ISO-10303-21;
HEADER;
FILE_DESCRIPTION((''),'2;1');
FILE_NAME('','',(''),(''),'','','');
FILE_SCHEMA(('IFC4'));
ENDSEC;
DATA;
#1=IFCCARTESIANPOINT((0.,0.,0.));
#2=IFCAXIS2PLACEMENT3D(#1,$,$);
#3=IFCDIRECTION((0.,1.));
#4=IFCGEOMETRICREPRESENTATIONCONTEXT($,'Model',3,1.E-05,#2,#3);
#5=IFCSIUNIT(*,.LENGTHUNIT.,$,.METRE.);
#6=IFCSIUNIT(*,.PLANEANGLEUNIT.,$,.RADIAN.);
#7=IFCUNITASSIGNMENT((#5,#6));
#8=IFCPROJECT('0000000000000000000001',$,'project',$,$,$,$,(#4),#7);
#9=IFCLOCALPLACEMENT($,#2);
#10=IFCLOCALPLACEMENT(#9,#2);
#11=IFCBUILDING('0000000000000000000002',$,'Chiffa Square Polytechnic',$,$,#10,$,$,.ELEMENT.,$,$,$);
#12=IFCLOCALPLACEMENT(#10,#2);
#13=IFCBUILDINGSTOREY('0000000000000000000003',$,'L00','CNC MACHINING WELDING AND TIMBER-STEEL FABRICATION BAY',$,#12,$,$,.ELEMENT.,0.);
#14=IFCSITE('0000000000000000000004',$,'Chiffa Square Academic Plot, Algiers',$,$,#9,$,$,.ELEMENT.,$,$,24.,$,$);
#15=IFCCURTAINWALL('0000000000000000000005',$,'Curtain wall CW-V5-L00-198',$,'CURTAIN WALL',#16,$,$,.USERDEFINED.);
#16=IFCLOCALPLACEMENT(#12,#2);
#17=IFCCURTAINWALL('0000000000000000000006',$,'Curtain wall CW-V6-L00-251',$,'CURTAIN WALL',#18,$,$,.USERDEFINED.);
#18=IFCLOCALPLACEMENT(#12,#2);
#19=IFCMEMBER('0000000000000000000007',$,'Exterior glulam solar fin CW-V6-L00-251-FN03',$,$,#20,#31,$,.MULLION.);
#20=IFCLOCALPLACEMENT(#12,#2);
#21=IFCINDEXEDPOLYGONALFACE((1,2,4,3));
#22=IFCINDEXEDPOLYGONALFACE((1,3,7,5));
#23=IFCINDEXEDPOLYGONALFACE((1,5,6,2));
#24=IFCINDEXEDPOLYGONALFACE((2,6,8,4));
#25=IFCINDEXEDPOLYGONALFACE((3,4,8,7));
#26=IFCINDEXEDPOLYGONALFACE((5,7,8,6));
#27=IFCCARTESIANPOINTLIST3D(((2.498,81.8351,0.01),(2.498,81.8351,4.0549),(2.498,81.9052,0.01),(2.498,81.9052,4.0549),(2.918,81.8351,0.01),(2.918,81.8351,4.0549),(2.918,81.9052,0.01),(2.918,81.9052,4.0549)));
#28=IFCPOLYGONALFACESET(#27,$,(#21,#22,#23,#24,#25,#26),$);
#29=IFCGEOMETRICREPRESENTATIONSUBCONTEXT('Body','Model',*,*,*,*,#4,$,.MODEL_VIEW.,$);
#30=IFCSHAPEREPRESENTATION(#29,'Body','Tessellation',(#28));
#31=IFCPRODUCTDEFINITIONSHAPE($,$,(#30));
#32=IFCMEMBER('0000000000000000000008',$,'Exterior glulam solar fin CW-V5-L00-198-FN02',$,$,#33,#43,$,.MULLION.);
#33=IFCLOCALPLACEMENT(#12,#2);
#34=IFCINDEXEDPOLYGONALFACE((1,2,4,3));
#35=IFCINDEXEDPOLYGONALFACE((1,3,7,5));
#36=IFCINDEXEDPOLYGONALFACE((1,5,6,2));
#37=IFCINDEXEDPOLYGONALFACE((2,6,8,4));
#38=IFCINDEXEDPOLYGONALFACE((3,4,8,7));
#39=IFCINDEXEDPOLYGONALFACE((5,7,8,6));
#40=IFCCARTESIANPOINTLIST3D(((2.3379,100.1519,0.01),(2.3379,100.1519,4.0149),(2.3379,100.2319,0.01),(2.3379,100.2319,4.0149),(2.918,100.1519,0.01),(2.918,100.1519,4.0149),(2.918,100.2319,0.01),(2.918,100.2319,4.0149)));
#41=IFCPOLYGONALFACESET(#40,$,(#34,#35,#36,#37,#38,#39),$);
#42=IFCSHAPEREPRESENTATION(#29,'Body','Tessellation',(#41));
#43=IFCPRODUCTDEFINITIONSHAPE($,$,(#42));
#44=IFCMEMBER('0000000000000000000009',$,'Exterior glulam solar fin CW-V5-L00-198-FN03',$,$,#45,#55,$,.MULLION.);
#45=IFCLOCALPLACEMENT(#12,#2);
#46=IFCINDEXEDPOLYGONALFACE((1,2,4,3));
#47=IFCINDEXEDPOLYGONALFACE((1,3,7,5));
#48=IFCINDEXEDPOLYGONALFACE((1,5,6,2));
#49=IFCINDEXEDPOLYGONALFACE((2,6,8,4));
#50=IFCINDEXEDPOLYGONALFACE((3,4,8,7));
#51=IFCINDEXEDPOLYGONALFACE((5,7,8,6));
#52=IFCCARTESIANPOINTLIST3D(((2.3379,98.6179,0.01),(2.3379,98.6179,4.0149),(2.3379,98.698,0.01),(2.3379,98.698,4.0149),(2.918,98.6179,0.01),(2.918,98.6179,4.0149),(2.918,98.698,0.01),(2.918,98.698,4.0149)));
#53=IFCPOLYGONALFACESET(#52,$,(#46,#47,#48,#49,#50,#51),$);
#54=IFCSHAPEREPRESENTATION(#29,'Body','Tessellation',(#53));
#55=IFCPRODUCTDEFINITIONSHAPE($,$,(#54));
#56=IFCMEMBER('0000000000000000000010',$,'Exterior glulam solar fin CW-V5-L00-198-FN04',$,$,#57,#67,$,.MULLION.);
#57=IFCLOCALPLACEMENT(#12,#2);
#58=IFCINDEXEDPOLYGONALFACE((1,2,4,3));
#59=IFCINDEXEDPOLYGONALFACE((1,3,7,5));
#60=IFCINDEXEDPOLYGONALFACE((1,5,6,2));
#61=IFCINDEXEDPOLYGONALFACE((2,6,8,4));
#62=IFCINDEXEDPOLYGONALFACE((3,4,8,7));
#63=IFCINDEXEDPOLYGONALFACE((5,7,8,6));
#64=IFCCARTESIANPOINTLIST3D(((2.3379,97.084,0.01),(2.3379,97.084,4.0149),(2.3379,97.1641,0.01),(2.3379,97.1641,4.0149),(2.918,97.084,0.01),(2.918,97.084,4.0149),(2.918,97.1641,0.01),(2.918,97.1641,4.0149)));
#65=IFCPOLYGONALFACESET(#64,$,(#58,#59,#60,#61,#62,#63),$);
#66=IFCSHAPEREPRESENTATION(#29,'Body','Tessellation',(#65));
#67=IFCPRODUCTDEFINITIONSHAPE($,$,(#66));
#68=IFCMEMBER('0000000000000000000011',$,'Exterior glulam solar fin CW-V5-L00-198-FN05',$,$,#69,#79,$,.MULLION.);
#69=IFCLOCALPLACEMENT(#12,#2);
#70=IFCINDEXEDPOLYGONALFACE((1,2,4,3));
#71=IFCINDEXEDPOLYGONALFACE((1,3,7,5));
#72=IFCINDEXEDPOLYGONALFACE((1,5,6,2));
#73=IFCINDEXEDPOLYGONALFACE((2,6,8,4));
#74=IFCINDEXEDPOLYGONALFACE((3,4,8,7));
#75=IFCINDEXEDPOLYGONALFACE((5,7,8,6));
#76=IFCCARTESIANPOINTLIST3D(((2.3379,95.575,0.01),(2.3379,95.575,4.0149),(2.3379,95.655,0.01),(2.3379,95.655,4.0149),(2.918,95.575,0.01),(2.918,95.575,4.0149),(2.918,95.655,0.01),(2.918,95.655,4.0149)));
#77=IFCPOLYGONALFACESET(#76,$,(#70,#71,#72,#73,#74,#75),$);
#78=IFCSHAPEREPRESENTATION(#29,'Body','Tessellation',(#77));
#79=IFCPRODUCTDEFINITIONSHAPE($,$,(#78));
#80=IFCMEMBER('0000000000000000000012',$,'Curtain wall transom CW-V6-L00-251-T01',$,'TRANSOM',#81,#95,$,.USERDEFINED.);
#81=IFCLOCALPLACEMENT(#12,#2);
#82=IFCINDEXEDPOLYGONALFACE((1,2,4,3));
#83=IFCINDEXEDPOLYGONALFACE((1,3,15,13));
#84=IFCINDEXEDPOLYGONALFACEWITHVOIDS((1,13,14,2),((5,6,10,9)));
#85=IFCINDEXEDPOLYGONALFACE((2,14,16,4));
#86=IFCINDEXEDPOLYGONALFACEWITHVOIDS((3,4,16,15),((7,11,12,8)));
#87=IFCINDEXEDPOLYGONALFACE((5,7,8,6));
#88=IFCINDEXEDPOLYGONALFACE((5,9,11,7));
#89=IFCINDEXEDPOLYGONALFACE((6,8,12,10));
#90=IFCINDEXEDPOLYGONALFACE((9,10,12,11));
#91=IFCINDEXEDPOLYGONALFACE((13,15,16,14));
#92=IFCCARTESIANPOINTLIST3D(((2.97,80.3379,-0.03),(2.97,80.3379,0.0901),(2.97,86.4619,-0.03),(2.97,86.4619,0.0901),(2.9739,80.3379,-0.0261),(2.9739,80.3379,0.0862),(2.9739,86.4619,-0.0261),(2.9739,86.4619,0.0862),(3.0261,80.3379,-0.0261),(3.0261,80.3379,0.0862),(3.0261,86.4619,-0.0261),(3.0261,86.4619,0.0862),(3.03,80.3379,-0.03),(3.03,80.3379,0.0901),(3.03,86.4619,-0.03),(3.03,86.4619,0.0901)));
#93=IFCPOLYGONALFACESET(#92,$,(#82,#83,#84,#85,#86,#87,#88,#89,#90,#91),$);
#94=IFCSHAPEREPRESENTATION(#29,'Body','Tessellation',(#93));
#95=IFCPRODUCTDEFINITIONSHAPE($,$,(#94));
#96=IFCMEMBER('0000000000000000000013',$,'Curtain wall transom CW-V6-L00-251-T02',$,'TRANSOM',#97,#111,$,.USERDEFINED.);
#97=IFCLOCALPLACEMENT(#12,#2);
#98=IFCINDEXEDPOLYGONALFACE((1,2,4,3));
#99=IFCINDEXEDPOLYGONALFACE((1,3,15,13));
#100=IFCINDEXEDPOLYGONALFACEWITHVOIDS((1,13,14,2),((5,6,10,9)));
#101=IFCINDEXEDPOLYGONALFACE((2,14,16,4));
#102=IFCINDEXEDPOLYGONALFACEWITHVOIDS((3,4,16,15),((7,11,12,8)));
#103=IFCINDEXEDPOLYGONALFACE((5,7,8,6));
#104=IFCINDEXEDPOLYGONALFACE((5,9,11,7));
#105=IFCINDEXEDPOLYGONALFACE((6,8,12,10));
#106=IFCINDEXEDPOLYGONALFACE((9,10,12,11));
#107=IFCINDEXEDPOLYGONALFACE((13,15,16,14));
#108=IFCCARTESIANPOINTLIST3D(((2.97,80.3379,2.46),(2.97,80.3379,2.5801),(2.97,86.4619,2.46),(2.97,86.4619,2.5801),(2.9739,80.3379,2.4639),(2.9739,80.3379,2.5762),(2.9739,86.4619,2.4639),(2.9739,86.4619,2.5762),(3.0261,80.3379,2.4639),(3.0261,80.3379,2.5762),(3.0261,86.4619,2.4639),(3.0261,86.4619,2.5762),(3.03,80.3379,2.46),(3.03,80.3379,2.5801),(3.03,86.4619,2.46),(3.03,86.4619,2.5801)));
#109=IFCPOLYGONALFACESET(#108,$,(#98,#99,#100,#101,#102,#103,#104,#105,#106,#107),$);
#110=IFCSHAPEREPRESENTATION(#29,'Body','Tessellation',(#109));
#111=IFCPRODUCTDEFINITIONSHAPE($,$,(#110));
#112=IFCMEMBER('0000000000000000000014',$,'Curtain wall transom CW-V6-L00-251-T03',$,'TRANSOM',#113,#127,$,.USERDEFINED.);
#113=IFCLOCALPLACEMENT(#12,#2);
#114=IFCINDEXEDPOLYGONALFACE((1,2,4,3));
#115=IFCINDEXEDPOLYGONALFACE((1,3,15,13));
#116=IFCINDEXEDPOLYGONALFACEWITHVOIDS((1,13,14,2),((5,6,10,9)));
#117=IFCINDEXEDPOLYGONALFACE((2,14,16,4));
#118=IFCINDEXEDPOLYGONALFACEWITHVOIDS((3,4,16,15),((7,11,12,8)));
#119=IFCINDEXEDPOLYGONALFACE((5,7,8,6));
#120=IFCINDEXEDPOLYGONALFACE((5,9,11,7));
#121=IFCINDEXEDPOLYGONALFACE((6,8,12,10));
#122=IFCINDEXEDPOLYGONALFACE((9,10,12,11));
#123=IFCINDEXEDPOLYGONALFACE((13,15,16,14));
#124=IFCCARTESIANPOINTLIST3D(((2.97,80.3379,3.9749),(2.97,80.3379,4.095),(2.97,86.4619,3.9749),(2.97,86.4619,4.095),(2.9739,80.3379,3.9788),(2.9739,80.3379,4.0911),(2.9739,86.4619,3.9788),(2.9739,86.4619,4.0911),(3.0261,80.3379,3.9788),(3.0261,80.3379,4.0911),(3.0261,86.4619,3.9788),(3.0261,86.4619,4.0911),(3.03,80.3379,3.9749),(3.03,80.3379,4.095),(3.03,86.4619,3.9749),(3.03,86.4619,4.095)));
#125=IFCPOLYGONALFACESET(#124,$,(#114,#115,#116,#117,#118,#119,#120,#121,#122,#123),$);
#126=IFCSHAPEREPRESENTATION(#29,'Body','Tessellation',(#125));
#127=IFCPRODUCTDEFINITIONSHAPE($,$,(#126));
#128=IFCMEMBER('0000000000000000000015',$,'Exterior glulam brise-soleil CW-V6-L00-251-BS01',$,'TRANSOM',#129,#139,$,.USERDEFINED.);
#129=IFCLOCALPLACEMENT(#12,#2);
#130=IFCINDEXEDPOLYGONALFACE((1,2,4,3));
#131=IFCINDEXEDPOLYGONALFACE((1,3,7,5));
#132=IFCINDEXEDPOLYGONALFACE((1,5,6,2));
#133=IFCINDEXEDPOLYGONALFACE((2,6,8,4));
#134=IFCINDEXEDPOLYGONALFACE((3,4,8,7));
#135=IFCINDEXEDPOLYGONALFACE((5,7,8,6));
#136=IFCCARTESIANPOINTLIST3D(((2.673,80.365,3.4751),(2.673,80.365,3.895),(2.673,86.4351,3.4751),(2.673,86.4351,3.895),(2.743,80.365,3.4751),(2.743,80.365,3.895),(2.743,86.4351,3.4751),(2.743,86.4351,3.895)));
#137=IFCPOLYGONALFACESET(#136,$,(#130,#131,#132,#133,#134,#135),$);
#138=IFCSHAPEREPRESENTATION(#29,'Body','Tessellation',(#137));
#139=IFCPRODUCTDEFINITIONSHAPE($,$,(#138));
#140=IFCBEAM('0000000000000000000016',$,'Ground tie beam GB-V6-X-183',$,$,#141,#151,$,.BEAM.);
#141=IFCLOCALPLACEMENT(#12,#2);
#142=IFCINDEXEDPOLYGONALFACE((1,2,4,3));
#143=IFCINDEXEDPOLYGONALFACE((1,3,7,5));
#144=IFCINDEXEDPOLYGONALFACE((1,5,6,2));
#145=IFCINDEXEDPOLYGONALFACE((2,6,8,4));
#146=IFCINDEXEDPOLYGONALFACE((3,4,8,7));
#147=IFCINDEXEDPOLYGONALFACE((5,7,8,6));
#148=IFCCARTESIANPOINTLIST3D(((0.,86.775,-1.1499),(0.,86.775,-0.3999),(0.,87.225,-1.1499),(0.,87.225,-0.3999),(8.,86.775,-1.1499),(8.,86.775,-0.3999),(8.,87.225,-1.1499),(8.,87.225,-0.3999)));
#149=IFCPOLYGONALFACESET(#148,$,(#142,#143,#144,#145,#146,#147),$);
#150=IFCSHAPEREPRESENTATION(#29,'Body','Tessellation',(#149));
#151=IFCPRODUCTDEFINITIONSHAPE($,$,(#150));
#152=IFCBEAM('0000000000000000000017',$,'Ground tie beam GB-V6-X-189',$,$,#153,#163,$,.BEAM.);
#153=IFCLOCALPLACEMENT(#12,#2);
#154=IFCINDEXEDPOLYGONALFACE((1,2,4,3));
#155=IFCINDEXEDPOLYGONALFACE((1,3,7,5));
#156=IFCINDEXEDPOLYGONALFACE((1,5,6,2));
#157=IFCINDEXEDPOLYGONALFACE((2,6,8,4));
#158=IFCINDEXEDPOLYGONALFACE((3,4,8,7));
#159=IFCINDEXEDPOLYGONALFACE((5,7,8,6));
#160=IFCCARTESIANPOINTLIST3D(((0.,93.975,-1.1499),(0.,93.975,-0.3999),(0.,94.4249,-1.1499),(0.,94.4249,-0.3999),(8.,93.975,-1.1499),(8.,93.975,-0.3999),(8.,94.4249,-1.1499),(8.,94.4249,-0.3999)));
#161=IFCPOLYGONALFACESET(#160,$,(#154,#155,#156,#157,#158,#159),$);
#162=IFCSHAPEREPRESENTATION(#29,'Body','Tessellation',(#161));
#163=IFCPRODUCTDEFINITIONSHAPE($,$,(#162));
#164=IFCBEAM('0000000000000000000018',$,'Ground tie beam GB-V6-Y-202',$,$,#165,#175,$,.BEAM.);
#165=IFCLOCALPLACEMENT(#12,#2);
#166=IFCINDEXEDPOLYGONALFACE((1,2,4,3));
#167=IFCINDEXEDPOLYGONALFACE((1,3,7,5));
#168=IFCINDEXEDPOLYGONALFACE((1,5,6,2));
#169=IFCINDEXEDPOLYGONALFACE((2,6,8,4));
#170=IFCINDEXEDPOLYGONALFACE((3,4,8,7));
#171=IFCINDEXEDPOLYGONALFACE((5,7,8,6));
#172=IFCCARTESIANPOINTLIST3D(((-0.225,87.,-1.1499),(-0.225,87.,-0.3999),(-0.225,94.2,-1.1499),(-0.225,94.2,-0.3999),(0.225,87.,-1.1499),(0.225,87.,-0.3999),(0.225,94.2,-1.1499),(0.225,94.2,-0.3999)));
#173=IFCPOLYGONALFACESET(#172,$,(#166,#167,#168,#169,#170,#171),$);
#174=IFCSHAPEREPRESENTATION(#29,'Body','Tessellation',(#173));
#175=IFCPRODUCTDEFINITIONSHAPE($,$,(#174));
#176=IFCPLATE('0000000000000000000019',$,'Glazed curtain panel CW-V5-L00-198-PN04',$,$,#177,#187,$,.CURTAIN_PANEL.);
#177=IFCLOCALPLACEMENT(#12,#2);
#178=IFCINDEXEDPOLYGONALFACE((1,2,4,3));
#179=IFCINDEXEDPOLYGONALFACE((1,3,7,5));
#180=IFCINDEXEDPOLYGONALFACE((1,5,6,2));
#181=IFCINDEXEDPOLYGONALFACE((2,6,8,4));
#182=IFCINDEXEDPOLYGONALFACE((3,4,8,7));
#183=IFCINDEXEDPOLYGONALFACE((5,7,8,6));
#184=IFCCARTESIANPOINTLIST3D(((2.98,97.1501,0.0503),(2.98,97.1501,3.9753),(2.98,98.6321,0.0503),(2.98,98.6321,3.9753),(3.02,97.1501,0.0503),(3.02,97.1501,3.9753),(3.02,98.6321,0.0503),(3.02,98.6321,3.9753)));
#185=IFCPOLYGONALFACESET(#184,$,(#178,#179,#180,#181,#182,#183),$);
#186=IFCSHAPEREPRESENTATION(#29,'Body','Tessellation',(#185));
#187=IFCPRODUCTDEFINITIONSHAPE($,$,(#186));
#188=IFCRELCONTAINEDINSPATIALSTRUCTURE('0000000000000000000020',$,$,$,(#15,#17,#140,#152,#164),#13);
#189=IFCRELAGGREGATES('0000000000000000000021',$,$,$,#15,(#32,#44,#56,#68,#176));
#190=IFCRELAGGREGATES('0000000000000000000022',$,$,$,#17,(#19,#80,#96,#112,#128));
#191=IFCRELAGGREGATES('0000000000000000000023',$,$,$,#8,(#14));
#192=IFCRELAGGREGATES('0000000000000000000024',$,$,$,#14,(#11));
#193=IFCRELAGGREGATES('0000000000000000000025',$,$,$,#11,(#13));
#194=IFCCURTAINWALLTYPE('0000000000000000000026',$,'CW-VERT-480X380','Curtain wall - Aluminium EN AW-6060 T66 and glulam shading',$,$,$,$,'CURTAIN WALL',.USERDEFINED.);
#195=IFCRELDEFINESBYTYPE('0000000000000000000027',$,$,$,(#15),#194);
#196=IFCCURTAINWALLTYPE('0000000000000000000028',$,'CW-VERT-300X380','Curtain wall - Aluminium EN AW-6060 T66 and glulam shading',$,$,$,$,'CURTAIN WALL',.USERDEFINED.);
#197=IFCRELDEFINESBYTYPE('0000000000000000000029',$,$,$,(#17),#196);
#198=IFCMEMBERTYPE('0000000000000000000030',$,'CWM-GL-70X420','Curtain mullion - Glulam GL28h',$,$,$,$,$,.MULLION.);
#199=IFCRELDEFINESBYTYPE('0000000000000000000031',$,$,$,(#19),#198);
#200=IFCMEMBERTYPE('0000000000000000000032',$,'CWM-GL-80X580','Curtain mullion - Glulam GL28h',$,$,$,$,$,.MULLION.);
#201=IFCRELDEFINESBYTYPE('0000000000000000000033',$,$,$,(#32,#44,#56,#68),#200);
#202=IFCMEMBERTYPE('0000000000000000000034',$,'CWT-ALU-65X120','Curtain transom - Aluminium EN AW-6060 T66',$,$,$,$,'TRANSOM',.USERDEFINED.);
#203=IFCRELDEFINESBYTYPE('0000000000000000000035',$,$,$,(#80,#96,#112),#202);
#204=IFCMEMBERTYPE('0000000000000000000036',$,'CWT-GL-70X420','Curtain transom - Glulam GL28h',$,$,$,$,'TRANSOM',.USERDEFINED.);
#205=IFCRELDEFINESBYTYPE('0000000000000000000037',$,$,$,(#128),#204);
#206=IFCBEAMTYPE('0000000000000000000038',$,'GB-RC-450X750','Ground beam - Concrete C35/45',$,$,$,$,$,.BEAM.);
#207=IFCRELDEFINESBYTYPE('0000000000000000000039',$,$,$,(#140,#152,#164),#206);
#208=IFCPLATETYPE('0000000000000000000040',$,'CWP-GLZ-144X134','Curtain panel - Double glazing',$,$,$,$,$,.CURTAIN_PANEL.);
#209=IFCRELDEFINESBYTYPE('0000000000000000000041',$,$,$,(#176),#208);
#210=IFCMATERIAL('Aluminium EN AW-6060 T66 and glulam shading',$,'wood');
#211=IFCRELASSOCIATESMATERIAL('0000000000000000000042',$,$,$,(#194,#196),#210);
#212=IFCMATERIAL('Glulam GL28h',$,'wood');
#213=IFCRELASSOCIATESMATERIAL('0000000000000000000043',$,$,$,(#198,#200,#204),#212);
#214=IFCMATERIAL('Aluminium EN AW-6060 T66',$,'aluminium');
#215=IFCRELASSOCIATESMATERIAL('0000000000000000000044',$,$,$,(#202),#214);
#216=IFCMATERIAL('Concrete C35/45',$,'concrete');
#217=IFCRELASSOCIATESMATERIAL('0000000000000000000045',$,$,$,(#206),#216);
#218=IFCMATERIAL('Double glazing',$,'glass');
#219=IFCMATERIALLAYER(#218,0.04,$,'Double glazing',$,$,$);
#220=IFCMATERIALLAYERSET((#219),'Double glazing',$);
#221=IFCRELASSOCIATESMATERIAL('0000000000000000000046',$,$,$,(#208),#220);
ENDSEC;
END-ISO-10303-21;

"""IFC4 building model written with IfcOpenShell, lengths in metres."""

from ifc_helpers import new_model, si_unit, direction, frame, origin, origin_2d, place, context, subcontext, project, spatial, rectangle, hollow_rectangle, extrude, material, layer, layer_set, material_profile, profile_set, type_object, element, aggregate, save


model = new_model("IFC4")

# Units and contexts
model_context = context("Model", 3, precision=1e-05, world=origin(), true_north=direction((0.0, 1.0)))
body_context = subcontext(model_context, "Body", "Model", "MODEL_VIEW")
ifc_project = project(units=[si_unit("LENGTHUNIT", "METRE"), si_unit("PLANEANGLEUNIT", "RADIAN")], contexts=[model_context])

# Site, building, storey
site_placement = place(None, origin())
site = spatial("IfcSite", under=ifc_project, at=site_placement, Name="Chiffa Square Academic Plot, Algiers", CompositionType="ELEMENT", RefElevation=24.0)
building_placement = place(site_placement, origin())
building = spatial("IfcBuilding", under=site, at=building_placement, Name="Chiffa Square Polytechnic", CompositionType="ELEMENT")
storey_placement = place(building_placement, origin())
storey = spatial("IfcBuildingStorey", under=building, at=storey_placement, Name="L00", Description="CNC MACHINING WELDING AND TIMBER-STEEL FABRICATION BAY", CompositionType="ELEMENT", Elevation=0.0)

# Curtain walls, member
ifc_material_1 = material(Name="Aluminium EN AW-6060 T66 and glulam shading", Category="wood")
curtain_wall_type_1 = type_object("IfcCurtainWallType", Name="CW-VERT-480X380", Description="Curtain wall - Aluminium EN AW-6060 T66 and glulam shading", ElementType="CURTAIN WALL", PredefinedType="USERDEFINED", material=ifc_material_1)
curtain_wall_1_placement = place(storey_placement, origin())
curtain_wall_1 = element("IfcCurtainWall", 1, at=curtain_wall_1_placement, inside=storey, type_object=curtain_wall_type_1, Name="Curtain wall CW-V5-L00-198", ObjectType="CURTAIN WALL", PredefinedType="USERDEFINED")
ifc_material_2 = material(Name="Aluminium EN AW-6060 T66", Category="aluminium")
curtain_wall_type_2 = type_object("IfcCurtainWallType", Name="CW-VERT-300X380", Description="Curtain wall - Aluminium EN AW-6060 T66 and glulam shading", ElementType="CURTAIN WALL", PredefinedType="USERDEFINED", material=ifc_material_1)
curtain_wall_2_placement = place(storey_placement, origin())
curtain_wall_2 = element("IfcCurtainWall", 2, at=curtain_wall_2_placement, inside=storey, type_object=curtain_wall_type_2, Name="Curtain wall CW-V6-L00-251", ObjectType="CURTAIN WALL", PredefinedType="USERDEFINED")
ifc_material_3 = material(Name="Glulam GL28h", Category="wood")
ifc_material_profile_1 = material_profile(ifc_material_3, rectangle(XDim=0.0701, YDim=0.4199, at=origin_2d()), Name="GL28h 70x420")
ifc_profile_set_1 = profile_set([ifc_material_profile_1], Name="Glulam GL28h")
member_type_1 = type_object("IfcMemberType", Name="CWM-GL-70X420", Description="Curtain mullion - Glulam GL28h", PredefinedType="MULLION", material=ifc_profile_set_1)
member_1_placement = place(storey_placement, frame((2.708, 81.8701, 0.01), z_axis=(0.0, 0.0, 1.0), x_axis=(0.0, -1.0, 0.0)))
member_1 = element("IfcMember", 3, at=member_1_placement, type_object=member_type_1, Name="Exterior glulam solar fin CW-V6-L00-251-FN03", PredefinedType="MULLION", context=body_context, shape_type="SweptSolid", body=[
    extrude(rectangle(XDim=0.0701, YDim=0.4199, at=origin_2d()), origin(), (0.0, 0.0, 1.0), 4.0449),
])

# Members
ifc_material_profile_2 = material_profile(ifc_material_3, rectangle(XDim=0.0801, YDim=0.5801, at=origin_2d()), Name="GL28h 80x580")
ifc_profile_set_2 = profile_set([ifc_material_profile_2], Name="Glulam GL28h")
member_type_2 = type_object("IfcMemberType", Name="CWM-GL-80X580", Description="Curtain mullion - Glulam GL28h", PredefinedType="MULLION", material=ifc_profile_set_2)
member_2_placement = place(storey_placement, frame((2.6279, 100.1919, 0.01), z_axis=(0.0, 0.0, 1.0), x_axis=(0.0, -1.0, 0.0)))
member_2 = element("IfcMember", 4, at=member_2_placement, type_object=member_type_2, Name="Exterior glulam solar fin CW-V5-L00-198-FN02", PredefinedType="MULLION", context=body_context, shape_type="SweptSolid", body=[
    extrude(rectangle(XDim=0.0801, YDim=0.5801, at=origin_2d()), origin(), (0.0, 0.0, 1.0), 4.0049),
])
member_3_placement = place(storey_placement, frame((2.6279, 98.658, 0.01), z_axis=(0.0, 0.0, 1.0), x_axis=(0.0, -1.0, 0.0)))
member_3 = element("IfcMember", 5, at=member_3_placement, type_object=member_type_2, Name="Exterior glulam solar fin CW-V5-L00-198-FN03", PredefinedType="MULLION", context=body_context, shape_type="SweptSolid", body=[
    extrude(rectangle(XDim=0.0801, YDim=0.5801, at=origin_2d()), origin(), (0.0, 0.0, 1.0), 4.0049),
])
member_4_placement = place(storey_placement, frame((2.6279, 97.124, 0.01), z_axis=(0.0, 0.0, 1.0), x_axis=(0.0, -1.0, 0.0)))
member_4 = element("IfcMember", 6, at=member_4_placement, type_object=member_type_2, Name="Exterior glulam solar fin CW-V5-L00-198-FN04", PredefinedType="MULLION", context=body_context, shape_type="SweptSolid", body=[
    extrude(rectangle(XDim=0.0801, YDim=0.5801, at=origin_2d()), origin(), (0.0, 0.0, 1.0), 4.0049),
])
member_5_placement = place(storey_placement, frame((2.6279, 95.615, 0.01), z_axis=(0.0, 0.0, 1.0), x_axis=(0.0, -1.0, 0.0)))
member_5 = element("IfcMember", 7, at=member_5_placement, type_object=member_type_2, Name="Exterior glulam solar fin CW-V5-L00-198-FN05", PredefinedType="MULLION", context=body_context, shape_type="SweptSolid", body=[
    extrude(rectangle(XDim=0.0801, YDim=0.5801, at=origin_2d()), origin(), (0.0, 0.0, 1.0), 4.0049),
])
ifc_material_profile_3 = material_profile(ifc_material_2, hollow_rectangle(XDim=0.0601, YDim=0.1201, WallThickness=0.0039, at=origin_2d()), Name="ALU 60x120x4")
ifc_profile_set_3 = profile_set([ifc_material_profile_3], Name="Aluminium EN AW-6060 T66")
member_type_3 = type_object("IfcMemberType", Name="CWT-ALU-65X120", Description="Curtain transom - Aluminium EN AW-6060 T66", ElementType="TRANSOM", PredefinedType="USERDEFINED", material=ifc_profile_set_3)
member_6_placement = place(storey_placement, frame((3.0, 86.4619, 0.03), z_axis=(0.0, -1.0, 0.0), x_axis=(1.0, 0.0, 0.0)))
member_6 = element("IfcMember", 8, at=member_6_placement, type_object=member_type_3, Name="Curtain wall transom CW-V6-L00-251-T01", ObjectType="TRANSOM", PredefinedType="USERDEFINED", context=body_context, shape_type="SweptSolid", body=[
    extrude(hollow_rectangle(XDim=0.0601, YDim=0.1201, WallThickness=0.0039, at=origin_2d()), origin(), (0.0, 0.0, 1.0), 6.124),
])
member_7_placement = place(storey_placement, frame((3.0, 86.4619, 2.52), z_axis=(0.0, -1.0, 0.0), x_axis=(1.0, 0.0, 0.0)))
member_7 = element("IfcMember", 9, at=member_7_placement, type_object=member_type_3, Name="Curtain wall transom CW-V6-L00-251-T02", ObjectType="TRANSOM", PredefinedType="USERDEFINED", context=body_context, shape_type="SweptSolid", body=[
    extrude(hollow_rectangle(XDim=0.0601, YDim=0.1201, WallThickness=0.0039, at=origin_2d()), origin(), (0.0, 0.0, 1.0), 6.124),
])
member_8_placement = place(storey_placement, frame((3.0, 86.4619, 4.0349), z_axis=(0.0, -1.0, 0.0), x_axis=(1.0, 0.0, 0.0)))
member_8 = element("IfcMember", 10, at=member_8_placement, type_object=member_type_3, Name="Curtain wall transom CW-V6-L00-251-T03", ObjectType="TRANSOM", PredefinedType="USERDEFINED", context=body_context, shape_type="SweptSolid", body=[
    extrude(hollow_rectangle(XDim=0.0601, YDim=0.1201, WallThickness=0.0039, at=origin_2d()), origin(), (0.0, 0.0, 1.0), 6.124),
])
ifc_material_profile_4 = material_profile(ifc_material_3, rectangle(XDim=0.0701, YDim=0.4199, at=origin_2d()), Name="GL28h 70x420")
ifc_profile_set_4 = profile_set([ifc_material_profile_4], Name="Glulam GL28h")
member_type_4 = type_object("IfcMemberType", Name="CWT-GL-70X420", Description="Curtain transom - Glulam GL28h", ElementType="TRANSOM", PredefinedType="USERDEFINED", material=ifc_profile_set_4)
member_9_placement = place(storey_placement, frame((2.708, 86.4351, 3.6851), z_axis=(0.0, -1.0, 0.0), x_axis=(1.0, 0.0, 0.0)))
member_9 = element("IfcMember", 11, at=member_9_placement, type_object=member_type_4, Name="Exterior glulam brise-soleil CW-V6-L00-251-BS01", ObjectType="TRANSOM", PredefinedType="USERDEFINED", context=body_context, shape_type="SweptSolid", body=[
    extrude(rectangle(XDim=0.0701, YDim=0.4199, at=origin_2d()), origin(), (0.0, 0.0, 1.0), 6.0701),
])

# Beams
ifc_material_4 = material(Name="Concrete C35/45", Category="concrete")
ifc_material_profile_5 = material_profile(ifc_material_4, rectangle(XDim=0.45, YDim=0.75, at=origin_2d()), Name="RC 450x750")
ifc_profile_set_5 = profile_set([ifc_material_profile_5], Name="Concrete C35/45")
beam_type = type_object("IfcBeamType", Name="GB-RC-450X750", Description="Ground beam - Concrete C35/45", PredefinedType="BEAM", material=ifc_profile_set_5)
for number, where, z_axis, x_axis, name in (
    (12, (0.0, 87.0, -0.7749), (1.0, 0.0, 0.0), (0.0, 1.0, 0.0), "Ground tie beam GB-V6-X-183"),
    (13, (0.0, 94.2, -0.7749), (1.0, 0.0, 0.0), (0.0, 1.0, 0.0), "Ground tie beam GB-V6-X-189"),
):
    element("IfcBeam", number, at=place(storey_placement, frame(where, z_axis=z_axis, x_axis=x_axis)), inside=storey, type_object=beam_type, Name=name, PredefinedType="BEAM", context=body_context, shape_type="SweptSolid", body=[
        extrude(rectangle(XDim=0.45, YDim=0.75, at=origin_2d()), origin(), (0.0, 0.0, 1.0), 8.0),
    ])
beam_placement = place(storey_placement, frame((0.0, 87.0, -0.7749), z_axis=(0.0, 1.0, 0.0), x_axis=(-1.0, 0.0, 0.0)))
element("IfcBeam", 14, at=beam_placement, inside=storey, type_object=beam_type, Name="Ground tie beam GB-V6-Y-202", PredefinedType="BEAM", context=body_context, shape_type="SweptSolid", body=[
    extrude(rectangle(XDim=0.45, YDim=0.75, at=origin_2d()), origin(), (0.0, 0.0, 1.0), 7.2),
])

# Plate
ifc_material_5 = material(Name="Double glazing", Category="glass")
ifc_layer_1 = layer(ifc_material_5, 0.04, Name="Double glazing")
ifc_layer_set_1 = layer_set([ifc_layer_1], Name="Double glazing")
plate_type_1 = type_object("IfcPlateType", Name="CWP-GLZ-144X134", Description="Curtain panel - Double glazing", PredefinedType="CURTAIN_PANEL", material=ifc_layer_set_1)
plate_1_placement = place(storey_placement, frame((3.0, 97.8911, 0.0503), z_axis=(0.0, 0.0, 1.0), x_axis=(0.0, -1.0, 0.0)))
plate_1 = element("IfcPlate", 15, at=plate_1_placement, type_object=plate_type_1, Name="Glazed curtain panel CW-V5-L00-198-PN04", PredefinedType="CURTAIN_PANEL", context=body_context, shape_type="SweptSolid", body=[
    extrude(rectangle(XDim=1.4819, YDim=0.04, at=origin_2d()), origin(), (0.0, 0.0, 1.0), 3.925),
])
aggregate(curtain_wall_1, [member_2, member_3, member_4, member_5, plate_1])
aggregate(curtain_wall_2, [member_1, member_6, member_7, member_8, member_9])

save(model, "model.ifc")
